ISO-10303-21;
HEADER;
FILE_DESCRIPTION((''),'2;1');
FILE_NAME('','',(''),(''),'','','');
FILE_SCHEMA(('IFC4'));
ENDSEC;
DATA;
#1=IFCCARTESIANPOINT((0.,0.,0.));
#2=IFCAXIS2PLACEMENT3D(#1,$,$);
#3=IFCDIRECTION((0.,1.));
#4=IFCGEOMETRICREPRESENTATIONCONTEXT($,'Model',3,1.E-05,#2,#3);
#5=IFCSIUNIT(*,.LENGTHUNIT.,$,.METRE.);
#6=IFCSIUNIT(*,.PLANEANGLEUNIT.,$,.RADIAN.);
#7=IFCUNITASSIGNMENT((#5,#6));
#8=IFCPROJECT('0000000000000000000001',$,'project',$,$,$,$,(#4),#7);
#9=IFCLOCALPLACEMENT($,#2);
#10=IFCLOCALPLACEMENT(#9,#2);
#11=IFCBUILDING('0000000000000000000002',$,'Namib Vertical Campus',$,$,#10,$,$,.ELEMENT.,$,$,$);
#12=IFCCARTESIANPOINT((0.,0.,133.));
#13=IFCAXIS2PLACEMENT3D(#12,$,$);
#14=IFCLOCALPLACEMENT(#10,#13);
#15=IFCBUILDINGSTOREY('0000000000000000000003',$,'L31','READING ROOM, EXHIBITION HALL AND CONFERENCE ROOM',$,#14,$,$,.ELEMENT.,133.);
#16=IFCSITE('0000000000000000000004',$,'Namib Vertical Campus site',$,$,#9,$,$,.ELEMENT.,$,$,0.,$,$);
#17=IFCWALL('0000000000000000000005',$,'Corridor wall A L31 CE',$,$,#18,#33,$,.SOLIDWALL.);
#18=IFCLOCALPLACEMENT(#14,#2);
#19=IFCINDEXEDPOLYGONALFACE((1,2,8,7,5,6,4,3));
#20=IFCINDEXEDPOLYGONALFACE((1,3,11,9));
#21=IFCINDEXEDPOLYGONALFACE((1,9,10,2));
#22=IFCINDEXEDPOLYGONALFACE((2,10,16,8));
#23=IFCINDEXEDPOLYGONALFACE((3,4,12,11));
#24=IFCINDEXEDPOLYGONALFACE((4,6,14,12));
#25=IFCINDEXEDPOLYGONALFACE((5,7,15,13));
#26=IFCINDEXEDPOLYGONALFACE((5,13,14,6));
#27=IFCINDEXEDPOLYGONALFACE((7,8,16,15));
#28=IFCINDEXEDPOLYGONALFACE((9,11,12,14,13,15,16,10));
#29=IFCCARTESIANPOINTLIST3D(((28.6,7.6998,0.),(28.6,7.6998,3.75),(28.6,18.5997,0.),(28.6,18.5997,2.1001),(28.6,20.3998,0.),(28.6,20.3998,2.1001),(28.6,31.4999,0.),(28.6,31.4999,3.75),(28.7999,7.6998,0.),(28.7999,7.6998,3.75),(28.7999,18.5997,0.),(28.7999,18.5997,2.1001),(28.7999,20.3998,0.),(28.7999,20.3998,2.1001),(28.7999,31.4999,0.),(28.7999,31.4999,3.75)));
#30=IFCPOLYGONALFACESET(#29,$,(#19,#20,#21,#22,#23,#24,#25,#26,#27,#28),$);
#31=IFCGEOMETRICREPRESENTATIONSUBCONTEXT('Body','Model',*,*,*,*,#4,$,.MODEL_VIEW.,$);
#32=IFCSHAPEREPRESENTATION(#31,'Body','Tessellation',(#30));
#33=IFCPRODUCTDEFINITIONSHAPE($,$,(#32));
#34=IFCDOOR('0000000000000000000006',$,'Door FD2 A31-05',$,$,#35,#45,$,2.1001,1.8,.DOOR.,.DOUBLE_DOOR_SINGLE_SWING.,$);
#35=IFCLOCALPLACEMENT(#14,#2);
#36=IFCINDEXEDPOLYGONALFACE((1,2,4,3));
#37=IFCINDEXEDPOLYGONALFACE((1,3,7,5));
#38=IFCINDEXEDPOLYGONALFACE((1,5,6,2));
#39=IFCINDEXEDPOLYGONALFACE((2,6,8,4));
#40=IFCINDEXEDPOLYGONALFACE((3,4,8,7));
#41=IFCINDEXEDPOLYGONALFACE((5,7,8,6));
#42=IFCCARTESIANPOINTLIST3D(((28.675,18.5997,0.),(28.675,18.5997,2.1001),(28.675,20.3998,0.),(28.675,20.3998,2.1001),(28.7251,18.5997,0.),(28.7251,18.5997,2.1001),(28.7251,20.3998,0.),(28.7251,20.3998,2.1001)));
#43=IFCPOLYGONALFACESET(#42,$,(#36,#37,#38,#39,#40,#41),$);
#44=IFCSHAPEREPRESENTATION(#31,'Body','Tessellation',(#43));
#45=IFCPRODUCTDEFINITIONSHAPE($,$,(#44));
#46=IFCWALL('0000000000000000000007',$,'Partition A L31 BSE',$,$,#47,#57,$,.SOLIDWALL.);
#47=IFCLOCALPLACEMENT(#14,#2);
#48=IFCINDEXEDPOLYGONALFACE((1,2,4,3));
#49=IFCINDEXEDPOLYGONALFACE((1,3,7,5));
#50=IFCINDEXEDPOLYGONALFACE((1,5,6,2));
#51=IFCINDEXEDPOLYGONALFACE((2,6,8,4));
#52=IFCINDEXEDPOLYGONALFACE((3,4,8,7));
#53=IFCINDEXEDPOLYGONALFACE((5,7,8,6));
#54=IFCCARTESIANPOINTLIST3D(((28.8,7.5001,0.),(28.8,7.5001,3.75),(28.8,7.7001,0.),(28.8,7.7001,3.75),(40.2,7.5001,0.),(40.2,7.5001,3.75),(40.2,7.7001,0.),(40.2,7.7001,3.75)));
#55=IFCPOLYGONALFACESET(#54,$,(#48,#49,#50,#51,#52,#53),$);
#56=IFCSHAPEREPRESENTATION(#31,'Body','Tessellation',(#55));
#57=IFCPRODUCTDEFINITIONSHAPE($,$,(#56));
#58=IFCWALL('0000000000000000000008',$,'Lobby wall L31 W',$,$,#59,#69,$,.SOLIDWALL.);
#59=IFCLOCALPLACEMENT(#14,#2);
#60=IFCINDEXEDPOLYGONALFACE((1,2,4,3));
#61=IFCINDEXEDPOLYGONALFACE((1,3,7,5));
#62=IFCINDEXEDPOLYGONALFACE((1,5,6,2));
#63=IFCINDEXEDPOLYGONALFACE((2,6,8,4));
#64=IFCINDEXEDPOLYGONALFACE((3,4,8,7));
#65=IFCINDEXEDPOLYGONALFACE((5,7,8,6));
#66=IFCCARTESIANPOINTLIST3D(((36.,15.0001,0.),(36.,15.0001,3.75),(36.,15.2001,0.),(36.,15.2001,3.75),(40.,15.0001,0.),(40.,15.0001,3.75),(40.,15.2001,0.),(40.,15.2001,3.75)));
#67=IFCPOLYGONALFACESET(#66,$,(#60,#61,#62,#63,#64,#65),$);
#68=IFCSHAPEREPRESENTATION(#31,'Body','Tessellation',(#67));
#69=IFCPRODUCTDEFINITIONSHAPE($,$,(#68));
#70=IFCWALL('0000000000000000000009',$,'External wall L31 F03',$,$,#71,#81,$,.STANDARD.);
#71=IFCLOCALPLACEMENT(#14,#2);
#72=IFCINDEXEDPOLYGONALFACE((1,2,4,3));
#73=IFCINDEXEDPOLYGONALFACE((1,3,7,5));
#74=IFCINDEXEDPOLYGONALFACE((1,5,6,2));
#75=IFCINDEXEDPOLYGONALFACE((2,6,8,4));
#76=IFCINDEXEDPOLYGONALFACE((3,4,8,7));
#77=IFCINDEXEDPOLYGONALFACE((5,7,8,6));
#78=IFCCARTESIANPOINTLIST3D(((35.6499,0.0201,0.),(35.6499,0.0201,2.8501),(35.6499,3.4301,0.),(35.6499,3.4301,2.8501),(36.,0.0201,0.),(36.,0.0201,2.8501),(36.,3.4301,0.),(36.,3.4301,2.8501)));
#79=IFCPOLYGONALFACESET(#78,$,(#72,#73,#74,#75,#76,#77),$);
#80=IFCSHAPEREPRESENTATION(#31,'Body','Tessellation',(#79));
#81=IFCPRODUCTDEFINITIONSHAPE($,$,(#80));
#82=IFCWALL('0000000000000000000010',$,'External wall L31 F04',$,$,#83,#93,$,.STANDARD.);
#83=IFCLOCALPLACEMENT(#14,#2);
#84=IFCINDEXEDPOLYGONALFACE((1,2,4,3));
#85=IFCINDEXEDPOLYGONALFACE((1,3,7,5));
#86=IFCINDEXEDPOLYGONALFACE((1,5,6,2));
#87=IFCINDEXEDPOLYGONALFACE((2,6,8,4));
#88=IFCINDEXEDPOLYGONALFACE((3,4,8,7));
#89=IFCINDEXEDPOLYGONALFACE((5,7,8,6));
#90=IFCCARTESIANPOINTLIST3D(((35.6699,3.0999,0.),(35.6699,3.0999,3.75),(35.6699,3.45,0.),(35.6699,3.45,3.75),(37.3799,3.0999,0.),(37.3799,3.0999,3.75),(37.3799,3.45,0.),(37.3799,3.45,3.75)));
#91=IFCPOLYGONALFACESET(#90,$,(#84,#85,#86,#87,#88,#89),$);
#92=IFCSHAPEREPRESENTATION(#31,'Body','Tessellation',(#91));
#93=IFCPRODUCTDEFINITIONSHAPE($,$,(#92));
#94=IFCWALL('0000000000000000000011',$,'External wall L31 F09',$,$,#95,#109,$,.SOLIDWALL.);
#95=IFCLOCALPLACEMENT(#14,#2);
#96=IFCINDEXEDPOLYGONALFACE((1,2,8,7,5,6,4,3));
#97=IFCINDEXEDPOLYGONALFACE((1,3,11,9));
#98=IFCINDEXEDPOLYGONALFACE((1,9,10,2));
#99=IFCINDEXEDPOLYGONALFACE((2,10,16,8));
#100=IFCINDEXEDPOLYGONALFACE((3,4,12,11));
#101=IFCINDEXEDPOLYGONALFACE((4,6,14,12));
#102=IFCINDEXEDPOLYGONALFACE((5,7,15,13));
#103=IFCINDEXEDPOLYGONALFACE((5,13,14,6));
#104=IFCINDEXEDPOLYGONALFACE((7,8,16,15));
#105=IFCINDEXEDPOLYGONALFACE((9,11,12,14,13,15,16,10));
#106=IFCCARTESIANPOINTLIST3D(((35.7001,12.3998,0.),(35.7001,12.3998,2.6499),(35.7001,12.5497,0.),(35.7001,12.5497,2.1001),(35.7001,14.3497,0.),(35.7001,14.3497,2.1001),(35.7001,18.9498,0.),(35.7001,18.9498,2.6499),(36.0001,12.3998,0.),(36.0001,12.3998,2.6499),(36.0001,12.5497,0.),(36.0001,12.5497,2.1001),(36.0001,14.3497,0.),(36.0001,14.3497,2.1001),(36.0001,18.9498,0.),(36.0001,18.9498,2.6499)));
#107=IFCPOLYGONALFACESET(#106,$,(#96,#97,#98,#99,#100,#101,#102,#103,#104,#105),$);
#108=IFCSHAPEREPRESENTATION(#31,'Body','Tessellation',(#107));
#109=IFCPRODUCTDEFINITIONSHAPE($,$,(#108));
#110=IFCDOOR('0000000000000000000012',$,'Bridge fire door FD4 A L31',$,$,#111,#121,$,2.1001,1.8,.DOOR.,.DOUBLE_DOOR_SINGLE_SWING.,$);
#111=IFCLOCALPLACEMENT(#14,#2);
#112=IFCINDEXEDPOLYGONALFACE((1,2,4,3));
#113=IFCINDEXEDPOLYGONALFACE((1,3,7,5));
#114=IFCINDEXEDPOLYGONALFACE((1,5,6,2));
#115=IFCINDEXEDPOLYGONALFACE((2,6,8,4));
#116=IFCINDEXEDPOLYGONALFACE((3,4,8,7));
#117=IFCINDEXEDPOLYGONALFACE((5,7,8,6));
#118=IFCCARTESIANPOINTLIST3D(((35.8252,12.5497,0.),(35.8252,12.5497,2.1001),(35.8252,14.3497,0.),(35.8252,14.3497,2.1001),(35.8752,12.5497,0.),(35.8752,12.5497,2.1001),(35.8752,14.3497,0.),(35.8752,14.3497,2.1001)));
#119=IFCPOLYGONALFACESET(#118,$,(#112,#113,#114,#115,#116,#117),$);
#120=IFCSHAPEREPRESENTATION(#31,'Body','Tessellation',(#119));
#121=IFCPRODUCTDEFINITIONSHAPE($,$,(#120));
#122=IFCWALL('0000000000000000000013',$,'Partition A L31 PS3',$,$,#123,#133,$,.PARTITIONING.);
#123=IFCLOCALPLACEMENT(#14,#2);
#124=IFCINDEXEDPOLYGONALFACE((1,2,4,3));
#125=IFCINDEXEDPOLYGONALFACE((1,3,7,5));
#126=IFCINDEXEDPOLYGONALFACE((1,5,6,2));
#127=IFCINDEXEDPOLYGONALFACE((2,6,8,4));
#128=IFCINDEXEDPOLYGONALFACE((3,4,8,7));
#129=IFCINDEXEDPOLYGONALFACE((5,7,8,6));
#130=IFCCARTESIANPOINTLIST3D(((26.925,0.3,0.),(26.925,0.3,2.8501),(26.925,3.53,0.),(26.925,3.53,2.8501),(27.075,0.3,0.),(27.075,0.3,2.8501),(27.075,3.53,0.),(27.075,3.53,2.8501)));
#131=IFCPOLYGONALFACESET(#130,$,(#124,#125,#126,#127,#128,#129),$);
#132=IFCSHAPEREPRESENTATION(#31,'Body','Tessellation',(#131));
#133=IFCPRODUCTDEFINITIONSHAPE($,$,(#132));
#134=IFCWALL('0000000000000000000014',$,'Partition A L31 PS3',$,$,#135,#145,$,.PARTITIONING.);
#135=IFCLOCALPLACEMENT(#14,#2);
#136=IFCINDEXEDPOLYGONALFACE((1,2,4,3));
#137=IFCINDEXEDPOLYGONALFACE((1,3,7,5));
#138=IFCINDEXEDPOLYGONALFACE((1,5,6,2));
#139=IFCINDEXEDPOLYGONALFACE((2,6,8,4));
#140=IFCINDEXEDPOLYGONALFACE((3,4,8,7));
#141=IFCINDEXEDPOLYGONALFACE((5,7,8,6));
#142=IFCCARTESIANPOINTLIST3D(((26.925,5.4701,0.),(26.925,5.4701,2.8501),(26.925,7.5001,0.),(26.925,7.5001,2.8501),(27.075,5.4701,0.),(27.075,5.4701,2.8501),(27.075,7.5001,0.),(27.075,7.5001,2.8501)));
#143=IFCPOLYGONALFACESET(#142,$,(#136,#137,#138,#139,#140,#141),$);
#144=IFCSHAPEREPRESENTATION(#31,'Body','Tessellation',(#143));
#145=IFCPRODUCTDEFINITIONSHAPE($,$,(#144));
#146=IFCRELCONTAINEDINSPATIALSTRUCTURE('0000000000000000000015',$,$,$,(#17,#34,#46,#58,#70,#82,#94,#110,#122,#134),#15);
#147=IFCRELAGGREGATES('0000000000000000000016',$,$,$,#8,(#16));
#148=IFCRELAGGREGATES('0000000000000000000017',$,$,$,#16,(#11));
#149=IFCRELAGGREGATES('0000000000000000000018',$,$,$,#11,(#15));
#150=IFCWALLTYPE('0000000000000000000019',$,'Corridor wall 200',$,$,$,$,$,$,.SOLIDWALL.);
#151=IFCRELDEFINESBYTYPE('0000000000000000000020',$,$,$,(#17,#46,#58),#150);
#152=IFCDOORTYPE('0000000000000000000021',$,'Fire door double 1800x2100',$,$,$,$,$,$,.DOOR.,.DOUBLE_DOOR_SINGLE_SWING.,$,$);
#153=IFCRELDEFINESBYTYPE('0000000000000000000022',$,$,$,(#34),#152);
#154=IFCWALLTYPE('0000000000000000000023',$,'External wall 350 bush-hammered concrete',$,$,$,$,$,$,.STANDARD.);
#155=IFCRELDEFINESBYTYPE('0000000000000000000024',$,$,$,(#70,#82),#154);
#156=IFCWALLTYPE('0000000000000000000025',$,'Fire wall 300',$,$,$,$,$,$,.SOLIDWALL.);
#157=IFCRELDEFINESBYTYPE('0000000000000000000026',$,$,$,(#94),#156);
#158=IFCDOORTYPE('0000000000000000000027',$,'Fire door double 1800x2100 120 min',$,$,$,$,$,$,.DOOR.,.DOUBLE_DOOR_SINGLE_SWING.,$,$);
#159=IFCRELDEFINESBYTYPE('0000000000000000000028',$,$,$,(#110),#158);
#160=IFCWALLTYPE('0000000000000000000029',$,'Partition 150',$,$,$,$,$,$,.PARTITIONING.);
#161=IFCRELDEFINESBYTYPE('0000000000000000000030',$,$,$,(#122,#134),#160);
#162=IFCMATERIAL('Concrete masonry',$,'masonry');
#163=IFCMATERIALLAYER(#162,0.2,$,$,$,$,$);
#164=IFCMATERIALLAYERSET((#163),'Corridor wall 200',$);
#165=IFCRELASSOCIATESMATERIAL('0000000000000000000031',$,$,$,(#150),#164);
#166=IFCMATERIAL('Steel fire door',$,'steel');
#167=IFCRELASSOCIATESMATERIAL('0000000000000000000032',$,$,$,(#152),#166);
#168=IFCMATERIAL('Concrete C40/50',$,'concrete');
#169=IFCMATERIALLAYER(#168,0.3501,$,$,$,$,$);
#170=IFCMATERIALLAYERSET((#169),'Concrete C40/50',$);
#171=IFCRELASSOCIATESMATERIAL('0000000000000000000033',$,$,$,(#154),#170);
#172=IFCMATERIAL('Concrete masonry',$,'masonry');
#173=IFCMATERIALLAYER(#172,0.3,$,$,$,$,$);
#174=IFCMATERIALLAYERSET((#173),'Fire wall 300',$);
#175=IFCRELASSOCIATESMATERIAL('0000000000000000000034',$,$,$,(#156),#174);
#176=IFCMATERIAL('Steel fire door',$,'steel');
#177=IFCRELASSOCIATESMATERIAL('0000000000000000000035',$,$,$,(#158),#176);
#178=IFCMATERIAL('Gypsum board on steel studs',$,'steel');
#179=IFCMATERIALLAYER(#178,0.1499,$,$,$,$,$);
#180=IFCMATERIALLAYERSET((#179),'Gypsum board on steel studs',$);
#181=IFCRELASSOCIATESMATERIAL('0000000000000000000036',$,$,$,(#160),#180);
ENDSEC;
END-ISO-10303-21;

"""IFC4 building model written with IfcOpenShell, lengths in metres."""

from ifc_helpers import new_model, si_unit, direction, frame, frame_2d, origin, place, context, subcontext, project, spatial, rectangle, extrude, material, layer, layer_set, type_object, element, fill, save


model = new_model("IFC4")

# Units and contexts
model_context = context("Model", 3, precision=1e-05, world=origin(), true_north=direction((0.0, 1.0)))
body_context = subcontext(model_context, "Body", "Model", "MODEL_VIEW")
ifc_project = project(units=[si_unit("LENGTHUNIT", "METRE"), si_unit("PLANEANGLEUNIT", "RADIAN")], contexts=[model_context])

# Site, building, storey
site_placement = place(None, origin())
site = spatial("IfcSite", under=ifc_project, at=site_placement, Name="Namib Vertical Campus site", CompositionType="ELEMENT", RefElevation=0.0)
building_placement = place(site_placement, origin())
building = spatial("IfcBuilding", under=site, at=building_placement, Name="Namib Vertical Campus", CompositionType="ELEMENT")
storey_placement = place(building_placement, frame((0.0, 0.0, 133.0)))
storey = spatial("IfcBuildingStorey", under=building, at=storey_placement, Name="L31", Description="READING ROOM, EXHIBITION HALL AND CONFERENCE ROOM", CompositionType="ELEMENT", Elevation=133.0)

# Wall, opening, door
ifc_material_1 = material(Name="Concrete masonry", Category="masonry")
ifc_layer_1 = layer(ifc_material_1, 0.2)
ifc_layer_set_1 = layer_set([ifc_layer_1], Name="Corridor wall 200")
wall_type_1 = type_object("IfcWallType", Name="Corridor wall 200", PredefinedType="SOLIDWALL", material=ifc_layer_set_1)
wall_1_placement = place(storey_placement, frame((28.7, 7.7, 0.0), z_axis=(0.0, 0.0, 1.0), x_axis=(0.0, 1.0, 0.0)))
wall_1 = element("IfcWall", 1, at=wall_1_placement, inside=storey, type_object=wall_type_1, Name="Corridor wall A L31 CE", PredefinedType="SOLIDWALL", context=body_context, shape_type="SweptSolid", body=[
    extrude(rectangle(XDim=23.8, YDim=0.2, at=frame_2d((11.8999, 0.0))), origin(), (0.0, 0.0, 1.0), 3.75),
])
opening_1_placement = place(wall_1_placement, frame((10.8999, 0.0, 0.0)))
opening_1 = element("IfcOpeningElement", 2, at=opening_1_placement, cuts=wall_1, PredefinedType="OPENING", context=body_context, shape_type="SweptSolid", body=[
    extrude(rectangle(XDim=1.8, YDim=2.1001, at=frame_2d((0.8999, 1.05))), frame((0.0, 0.1099, 0.0), z_axis=(0.0, -1.0, 0.0), x_axis=(1.0, 0.0, 0.0)), (0.0, 0.0, 1.0), 0.22),
])
ifc_material_2 = material(Name="Steel fire door", Category="steel")
door_type_1 = type_object("IfcDoorType", Name="Fire door double 1800x2100", OperationType="DOUBLE_DOOR_SINGLE_SWING", PredefinedType="DOOR", material=ifc_material_2)
door_1_placement = place(opening_1_placement, origin())
door_1 = element("IfcDoor", 3, at=door_1_placement, inside=storey, type_object=door_type_1, Name="Door FD2 A31-05", OperationType="DOUBLE_DOOR_SINGLE_SWING", OverallHeight=2.1001, OverallWidth=1.8, PredefinedType="DOOR", context=body_context, shape_type="SweptSolid", body=[
    extrude(rectangle(XDim=1.8, YDim=2.1001, at=frame_2d((0.8999, 1.05))), frame((0.0, 0.0249, 0.0), z_axis=(0.0, -1.0, 0.0), x_axis=(1.0, 0.0, 0.0)), (0.0, 0.0, 1.0), 0.05),
])
fill(opening_1, door_1)

# Walls
wall_2_placement = place(storey_placement, frame((28.8, 7.6001, 0.0), z_axis=(0.0, 0.0, 1.0), x_axis=(1.0, 0.0, 0.0)))
element("IfcWall", 4, at=wall_2_placement, inside=storey, type_object=wall_type_1, Name="Partition A L31 BSE", PredefinedType="SOLIDWALL", context=body_context, shape_type="SweptSolid", body=[
    extrude(rectangle(XDim=11.3999, YDim=0.2, at=frame_2d((5.7, 0.0))), origin(), (0.0, 0.0, 1.0), 3.75),
])
wall_3_placement = place(storey_placement, frame((36.0, 15.1001, 0.0), z_axis=(0.0, 0.0, 1.0), x_axis=(1.0, 0.0, 0.0)))
element("IfcWall", 5, at=wall_3_placement, inside=storey, type_object=wall_type_1, Name="Lobby wall L31 W", PredefinedType="SOLIDWALL", context=body_context, shape_type="SweptSolid", body=[
    extrude(rectangle(XDim=4.0, YDim=0.2, at=frame_2d((2.0, 0.0))), origin(), (0.0, 0.0, 1.0), 3.75),
])
ifc_material_3 = material(Name="Concrete C40/50", Category="concrete")
ifc_layer_2 = layer(ifc_material_3, 0.3501)
ifc_layer_set_2 = layer_set([ifc_layer_2], Name="Concrete C40/50")
wall_type_2 = type_object("IfcWallType", Name="External wall 350 bush-hammered concrete", PredefinedType="STANDARD", material=ifc_layer_set_2)
wall_4_placement = place(storey_placement, frame((35.825, 0.02, 0.0), z_axis=(0.0, 0.0, 1.0), x_axis=(0.0, 1.0, 0.0)))
element("IfcWall", 6, at=wall_4_placement, inside=storey, type_object=wall_type_2, Name="External wall L31 F03", PredefinedType="STANDARD", context=body_context, shape_type="SweptSolid", body=[
    extrude(rectangle(XDim=3.4099, YDim=0.3501, at=frame_2d((1.7051, 0.0))), origin(), (0.0, 0.0, 1.0), 2.8501),
])
wall_5_placement = place(storey_placement, frame((35.6699, 3.2749, 0.0), z_axis=(0.0, 0.0, 1.0), x_axis=(1.0, 0.0, 0.0)))
element("IfcWall", 7, at=wall_5_placement, inside=storey, type_object=wall_type_2, Name="External wall L31 F04", PredefinedType="STANDARD", context=body_context, shape_type="SweptSolid", body=[
    extrude(rectangle(XDim=1.71, YDim=0.3501, at=frame_2d((0.855, 0.0))), origin(), (0.0, 0.0, 1.0), 3.75),
])
ifc_material_4 = material(Name="Concrete masonry", Category="masonry")
ifc_layer_3 = layer(ifc_material_4, 0.3)
ifc_layer_set_3 = layer_set([ifc_layer_3], Name="Fire wall 300")
wall_type_3 = type_object("IfcWallType", Name="Fire wall 300", PredefinedType="SOLIDWALL", material=ifc_layer_set_3)

# Wall, opening, door
wall_6_placement = place(storey_placement, frame((35.8501, 12.3999, 0.0), z_axis=(0.0, 0.0, 1.0), x_axis=(0.0, 1.0, 0.0)))
wall_6 = element("IfcWall", 8, at=wall_6_placement, inside=storey, type_object=wall_type_3, Name="External wall L31 F09", PredefinedType="SOLIDWALL", context=body_context, shape_type="SweptSolid", body=[
    extrude(rectangle(XDim=6.55, YDim=0.3, at=frame_2d((3.2749, 0.0))), origin(), (0.0, 0.0, 1.0), 2.6499),
])
opening_2_placement = place(wall_6_placement, frame((0.1499, 0.0, 0.0)))
opening_2 = element("IfcOpeningElement", 9, at=opening_2_placement, cuts=wall_6, PredefinedType="OPENING", context=body_context, shape_type="SweptSolid", body=[
    extrude(rectangle(XDim=1.8, YDim=2.1001, at=frame_2d((0.8999, 1.05))), frame((0.0, 0.1599, 0.0), z_axis=(0.0, -1.0, 0.0), x_axis=(1.0, 0.0, 0.0)), (0.0, 0.0, 1.0), 0.3201),
])
ifc_material_5 = material(Name="Steel fire door", Category="steel")
door_type_2 = type_object("IfcDoorType", Name="Fire door double 1800x2100 120 min", OperationType="DOUBLE_DOOR_SINGLE_SWING", PredefinedType="DOOR", material=ifc_material_5)
door_2_placement = place(opening_2_placement, origin())
door_2 = element("IfcDoor", 10, at=door_2_placement, inside=storey, type_object=door_type_2, Name="Bridge fire door FD4 A L31", OperationType="DOUBLE_DOOR_SINGLE_SWING", OverallHeight=2.1001, OverallWidth=1.8, PredefinedType="DOOR", context=body_context, shape_type="SweptSolid", body=[
    extrude(rectangle(XDim=1.8, YDim=2.1001, at=frame_2d((0.8999, 1.05))), frame((0.0, 0.0249, 0.0), z_axis=(0.0, -1.0, 0.0), x_axis=(1.0, 0.0, 0.0)), (0.0, 0.0, 1.0), 0.05),
])
fill(opening_2, door_2)

# Walls
ifc_material_6 = material(Name="Gypsum board on steel studs", Category="steel")
ifc_layer_4 = layer(ifc_material_6, 0.1499)
ifc_layer_set_4 = layer_set([ifc_layer_4], Name="Gypsum board on steel studs")
wall_type_4 = type_object("IfcWallType", Name="Partition 150", PredefinedType="PARTITIONING", material=ifc_layer_set_4)
wall_7_placement = place(storey_placement, frame((27.0, 0.3, 0.0), z_axis=(0.0, 0.0, 1.0), x_axis=(0.0, 1.0, 0.0)))
element("IfcWall", 11, at=wall_7_placement, inside=storey, type_object=wall_type_4, Name="Partition A L31 PS3", PredefinedType="PARTITIONING", context=body_context, shape_type="SweptSolid", body=[
    extrude(rectangle(XDim=3.23, YDim=0.1499, at=frame_2d((1.615, 0.0))), origin(), (0.0, 0.0, 1.0), 2.8501),
])
wall_8_placement = place(storey_placement, frame((27.0, 5.47, 0.0), z_axis=(0.0, 0.0, 1.0), x_axis=(0.0, 1.0, 0.0)))
element("IfcWall", 12, at=wall_8_placement, inside=storey, type_object=wall_type_4, Name="Partition A L31 PS3", PredefinedType="PARTITIONING", context=body_context, shape_type="SweptSolid", body=[
    extrude(rectangle(XDim=2.03, YDim=0.1499, at=frame_2d((1.0151, 0.0))), origin(), (0.0, 0.0, 1.0), 2.8501),
])

save(model, "model.ifc")
